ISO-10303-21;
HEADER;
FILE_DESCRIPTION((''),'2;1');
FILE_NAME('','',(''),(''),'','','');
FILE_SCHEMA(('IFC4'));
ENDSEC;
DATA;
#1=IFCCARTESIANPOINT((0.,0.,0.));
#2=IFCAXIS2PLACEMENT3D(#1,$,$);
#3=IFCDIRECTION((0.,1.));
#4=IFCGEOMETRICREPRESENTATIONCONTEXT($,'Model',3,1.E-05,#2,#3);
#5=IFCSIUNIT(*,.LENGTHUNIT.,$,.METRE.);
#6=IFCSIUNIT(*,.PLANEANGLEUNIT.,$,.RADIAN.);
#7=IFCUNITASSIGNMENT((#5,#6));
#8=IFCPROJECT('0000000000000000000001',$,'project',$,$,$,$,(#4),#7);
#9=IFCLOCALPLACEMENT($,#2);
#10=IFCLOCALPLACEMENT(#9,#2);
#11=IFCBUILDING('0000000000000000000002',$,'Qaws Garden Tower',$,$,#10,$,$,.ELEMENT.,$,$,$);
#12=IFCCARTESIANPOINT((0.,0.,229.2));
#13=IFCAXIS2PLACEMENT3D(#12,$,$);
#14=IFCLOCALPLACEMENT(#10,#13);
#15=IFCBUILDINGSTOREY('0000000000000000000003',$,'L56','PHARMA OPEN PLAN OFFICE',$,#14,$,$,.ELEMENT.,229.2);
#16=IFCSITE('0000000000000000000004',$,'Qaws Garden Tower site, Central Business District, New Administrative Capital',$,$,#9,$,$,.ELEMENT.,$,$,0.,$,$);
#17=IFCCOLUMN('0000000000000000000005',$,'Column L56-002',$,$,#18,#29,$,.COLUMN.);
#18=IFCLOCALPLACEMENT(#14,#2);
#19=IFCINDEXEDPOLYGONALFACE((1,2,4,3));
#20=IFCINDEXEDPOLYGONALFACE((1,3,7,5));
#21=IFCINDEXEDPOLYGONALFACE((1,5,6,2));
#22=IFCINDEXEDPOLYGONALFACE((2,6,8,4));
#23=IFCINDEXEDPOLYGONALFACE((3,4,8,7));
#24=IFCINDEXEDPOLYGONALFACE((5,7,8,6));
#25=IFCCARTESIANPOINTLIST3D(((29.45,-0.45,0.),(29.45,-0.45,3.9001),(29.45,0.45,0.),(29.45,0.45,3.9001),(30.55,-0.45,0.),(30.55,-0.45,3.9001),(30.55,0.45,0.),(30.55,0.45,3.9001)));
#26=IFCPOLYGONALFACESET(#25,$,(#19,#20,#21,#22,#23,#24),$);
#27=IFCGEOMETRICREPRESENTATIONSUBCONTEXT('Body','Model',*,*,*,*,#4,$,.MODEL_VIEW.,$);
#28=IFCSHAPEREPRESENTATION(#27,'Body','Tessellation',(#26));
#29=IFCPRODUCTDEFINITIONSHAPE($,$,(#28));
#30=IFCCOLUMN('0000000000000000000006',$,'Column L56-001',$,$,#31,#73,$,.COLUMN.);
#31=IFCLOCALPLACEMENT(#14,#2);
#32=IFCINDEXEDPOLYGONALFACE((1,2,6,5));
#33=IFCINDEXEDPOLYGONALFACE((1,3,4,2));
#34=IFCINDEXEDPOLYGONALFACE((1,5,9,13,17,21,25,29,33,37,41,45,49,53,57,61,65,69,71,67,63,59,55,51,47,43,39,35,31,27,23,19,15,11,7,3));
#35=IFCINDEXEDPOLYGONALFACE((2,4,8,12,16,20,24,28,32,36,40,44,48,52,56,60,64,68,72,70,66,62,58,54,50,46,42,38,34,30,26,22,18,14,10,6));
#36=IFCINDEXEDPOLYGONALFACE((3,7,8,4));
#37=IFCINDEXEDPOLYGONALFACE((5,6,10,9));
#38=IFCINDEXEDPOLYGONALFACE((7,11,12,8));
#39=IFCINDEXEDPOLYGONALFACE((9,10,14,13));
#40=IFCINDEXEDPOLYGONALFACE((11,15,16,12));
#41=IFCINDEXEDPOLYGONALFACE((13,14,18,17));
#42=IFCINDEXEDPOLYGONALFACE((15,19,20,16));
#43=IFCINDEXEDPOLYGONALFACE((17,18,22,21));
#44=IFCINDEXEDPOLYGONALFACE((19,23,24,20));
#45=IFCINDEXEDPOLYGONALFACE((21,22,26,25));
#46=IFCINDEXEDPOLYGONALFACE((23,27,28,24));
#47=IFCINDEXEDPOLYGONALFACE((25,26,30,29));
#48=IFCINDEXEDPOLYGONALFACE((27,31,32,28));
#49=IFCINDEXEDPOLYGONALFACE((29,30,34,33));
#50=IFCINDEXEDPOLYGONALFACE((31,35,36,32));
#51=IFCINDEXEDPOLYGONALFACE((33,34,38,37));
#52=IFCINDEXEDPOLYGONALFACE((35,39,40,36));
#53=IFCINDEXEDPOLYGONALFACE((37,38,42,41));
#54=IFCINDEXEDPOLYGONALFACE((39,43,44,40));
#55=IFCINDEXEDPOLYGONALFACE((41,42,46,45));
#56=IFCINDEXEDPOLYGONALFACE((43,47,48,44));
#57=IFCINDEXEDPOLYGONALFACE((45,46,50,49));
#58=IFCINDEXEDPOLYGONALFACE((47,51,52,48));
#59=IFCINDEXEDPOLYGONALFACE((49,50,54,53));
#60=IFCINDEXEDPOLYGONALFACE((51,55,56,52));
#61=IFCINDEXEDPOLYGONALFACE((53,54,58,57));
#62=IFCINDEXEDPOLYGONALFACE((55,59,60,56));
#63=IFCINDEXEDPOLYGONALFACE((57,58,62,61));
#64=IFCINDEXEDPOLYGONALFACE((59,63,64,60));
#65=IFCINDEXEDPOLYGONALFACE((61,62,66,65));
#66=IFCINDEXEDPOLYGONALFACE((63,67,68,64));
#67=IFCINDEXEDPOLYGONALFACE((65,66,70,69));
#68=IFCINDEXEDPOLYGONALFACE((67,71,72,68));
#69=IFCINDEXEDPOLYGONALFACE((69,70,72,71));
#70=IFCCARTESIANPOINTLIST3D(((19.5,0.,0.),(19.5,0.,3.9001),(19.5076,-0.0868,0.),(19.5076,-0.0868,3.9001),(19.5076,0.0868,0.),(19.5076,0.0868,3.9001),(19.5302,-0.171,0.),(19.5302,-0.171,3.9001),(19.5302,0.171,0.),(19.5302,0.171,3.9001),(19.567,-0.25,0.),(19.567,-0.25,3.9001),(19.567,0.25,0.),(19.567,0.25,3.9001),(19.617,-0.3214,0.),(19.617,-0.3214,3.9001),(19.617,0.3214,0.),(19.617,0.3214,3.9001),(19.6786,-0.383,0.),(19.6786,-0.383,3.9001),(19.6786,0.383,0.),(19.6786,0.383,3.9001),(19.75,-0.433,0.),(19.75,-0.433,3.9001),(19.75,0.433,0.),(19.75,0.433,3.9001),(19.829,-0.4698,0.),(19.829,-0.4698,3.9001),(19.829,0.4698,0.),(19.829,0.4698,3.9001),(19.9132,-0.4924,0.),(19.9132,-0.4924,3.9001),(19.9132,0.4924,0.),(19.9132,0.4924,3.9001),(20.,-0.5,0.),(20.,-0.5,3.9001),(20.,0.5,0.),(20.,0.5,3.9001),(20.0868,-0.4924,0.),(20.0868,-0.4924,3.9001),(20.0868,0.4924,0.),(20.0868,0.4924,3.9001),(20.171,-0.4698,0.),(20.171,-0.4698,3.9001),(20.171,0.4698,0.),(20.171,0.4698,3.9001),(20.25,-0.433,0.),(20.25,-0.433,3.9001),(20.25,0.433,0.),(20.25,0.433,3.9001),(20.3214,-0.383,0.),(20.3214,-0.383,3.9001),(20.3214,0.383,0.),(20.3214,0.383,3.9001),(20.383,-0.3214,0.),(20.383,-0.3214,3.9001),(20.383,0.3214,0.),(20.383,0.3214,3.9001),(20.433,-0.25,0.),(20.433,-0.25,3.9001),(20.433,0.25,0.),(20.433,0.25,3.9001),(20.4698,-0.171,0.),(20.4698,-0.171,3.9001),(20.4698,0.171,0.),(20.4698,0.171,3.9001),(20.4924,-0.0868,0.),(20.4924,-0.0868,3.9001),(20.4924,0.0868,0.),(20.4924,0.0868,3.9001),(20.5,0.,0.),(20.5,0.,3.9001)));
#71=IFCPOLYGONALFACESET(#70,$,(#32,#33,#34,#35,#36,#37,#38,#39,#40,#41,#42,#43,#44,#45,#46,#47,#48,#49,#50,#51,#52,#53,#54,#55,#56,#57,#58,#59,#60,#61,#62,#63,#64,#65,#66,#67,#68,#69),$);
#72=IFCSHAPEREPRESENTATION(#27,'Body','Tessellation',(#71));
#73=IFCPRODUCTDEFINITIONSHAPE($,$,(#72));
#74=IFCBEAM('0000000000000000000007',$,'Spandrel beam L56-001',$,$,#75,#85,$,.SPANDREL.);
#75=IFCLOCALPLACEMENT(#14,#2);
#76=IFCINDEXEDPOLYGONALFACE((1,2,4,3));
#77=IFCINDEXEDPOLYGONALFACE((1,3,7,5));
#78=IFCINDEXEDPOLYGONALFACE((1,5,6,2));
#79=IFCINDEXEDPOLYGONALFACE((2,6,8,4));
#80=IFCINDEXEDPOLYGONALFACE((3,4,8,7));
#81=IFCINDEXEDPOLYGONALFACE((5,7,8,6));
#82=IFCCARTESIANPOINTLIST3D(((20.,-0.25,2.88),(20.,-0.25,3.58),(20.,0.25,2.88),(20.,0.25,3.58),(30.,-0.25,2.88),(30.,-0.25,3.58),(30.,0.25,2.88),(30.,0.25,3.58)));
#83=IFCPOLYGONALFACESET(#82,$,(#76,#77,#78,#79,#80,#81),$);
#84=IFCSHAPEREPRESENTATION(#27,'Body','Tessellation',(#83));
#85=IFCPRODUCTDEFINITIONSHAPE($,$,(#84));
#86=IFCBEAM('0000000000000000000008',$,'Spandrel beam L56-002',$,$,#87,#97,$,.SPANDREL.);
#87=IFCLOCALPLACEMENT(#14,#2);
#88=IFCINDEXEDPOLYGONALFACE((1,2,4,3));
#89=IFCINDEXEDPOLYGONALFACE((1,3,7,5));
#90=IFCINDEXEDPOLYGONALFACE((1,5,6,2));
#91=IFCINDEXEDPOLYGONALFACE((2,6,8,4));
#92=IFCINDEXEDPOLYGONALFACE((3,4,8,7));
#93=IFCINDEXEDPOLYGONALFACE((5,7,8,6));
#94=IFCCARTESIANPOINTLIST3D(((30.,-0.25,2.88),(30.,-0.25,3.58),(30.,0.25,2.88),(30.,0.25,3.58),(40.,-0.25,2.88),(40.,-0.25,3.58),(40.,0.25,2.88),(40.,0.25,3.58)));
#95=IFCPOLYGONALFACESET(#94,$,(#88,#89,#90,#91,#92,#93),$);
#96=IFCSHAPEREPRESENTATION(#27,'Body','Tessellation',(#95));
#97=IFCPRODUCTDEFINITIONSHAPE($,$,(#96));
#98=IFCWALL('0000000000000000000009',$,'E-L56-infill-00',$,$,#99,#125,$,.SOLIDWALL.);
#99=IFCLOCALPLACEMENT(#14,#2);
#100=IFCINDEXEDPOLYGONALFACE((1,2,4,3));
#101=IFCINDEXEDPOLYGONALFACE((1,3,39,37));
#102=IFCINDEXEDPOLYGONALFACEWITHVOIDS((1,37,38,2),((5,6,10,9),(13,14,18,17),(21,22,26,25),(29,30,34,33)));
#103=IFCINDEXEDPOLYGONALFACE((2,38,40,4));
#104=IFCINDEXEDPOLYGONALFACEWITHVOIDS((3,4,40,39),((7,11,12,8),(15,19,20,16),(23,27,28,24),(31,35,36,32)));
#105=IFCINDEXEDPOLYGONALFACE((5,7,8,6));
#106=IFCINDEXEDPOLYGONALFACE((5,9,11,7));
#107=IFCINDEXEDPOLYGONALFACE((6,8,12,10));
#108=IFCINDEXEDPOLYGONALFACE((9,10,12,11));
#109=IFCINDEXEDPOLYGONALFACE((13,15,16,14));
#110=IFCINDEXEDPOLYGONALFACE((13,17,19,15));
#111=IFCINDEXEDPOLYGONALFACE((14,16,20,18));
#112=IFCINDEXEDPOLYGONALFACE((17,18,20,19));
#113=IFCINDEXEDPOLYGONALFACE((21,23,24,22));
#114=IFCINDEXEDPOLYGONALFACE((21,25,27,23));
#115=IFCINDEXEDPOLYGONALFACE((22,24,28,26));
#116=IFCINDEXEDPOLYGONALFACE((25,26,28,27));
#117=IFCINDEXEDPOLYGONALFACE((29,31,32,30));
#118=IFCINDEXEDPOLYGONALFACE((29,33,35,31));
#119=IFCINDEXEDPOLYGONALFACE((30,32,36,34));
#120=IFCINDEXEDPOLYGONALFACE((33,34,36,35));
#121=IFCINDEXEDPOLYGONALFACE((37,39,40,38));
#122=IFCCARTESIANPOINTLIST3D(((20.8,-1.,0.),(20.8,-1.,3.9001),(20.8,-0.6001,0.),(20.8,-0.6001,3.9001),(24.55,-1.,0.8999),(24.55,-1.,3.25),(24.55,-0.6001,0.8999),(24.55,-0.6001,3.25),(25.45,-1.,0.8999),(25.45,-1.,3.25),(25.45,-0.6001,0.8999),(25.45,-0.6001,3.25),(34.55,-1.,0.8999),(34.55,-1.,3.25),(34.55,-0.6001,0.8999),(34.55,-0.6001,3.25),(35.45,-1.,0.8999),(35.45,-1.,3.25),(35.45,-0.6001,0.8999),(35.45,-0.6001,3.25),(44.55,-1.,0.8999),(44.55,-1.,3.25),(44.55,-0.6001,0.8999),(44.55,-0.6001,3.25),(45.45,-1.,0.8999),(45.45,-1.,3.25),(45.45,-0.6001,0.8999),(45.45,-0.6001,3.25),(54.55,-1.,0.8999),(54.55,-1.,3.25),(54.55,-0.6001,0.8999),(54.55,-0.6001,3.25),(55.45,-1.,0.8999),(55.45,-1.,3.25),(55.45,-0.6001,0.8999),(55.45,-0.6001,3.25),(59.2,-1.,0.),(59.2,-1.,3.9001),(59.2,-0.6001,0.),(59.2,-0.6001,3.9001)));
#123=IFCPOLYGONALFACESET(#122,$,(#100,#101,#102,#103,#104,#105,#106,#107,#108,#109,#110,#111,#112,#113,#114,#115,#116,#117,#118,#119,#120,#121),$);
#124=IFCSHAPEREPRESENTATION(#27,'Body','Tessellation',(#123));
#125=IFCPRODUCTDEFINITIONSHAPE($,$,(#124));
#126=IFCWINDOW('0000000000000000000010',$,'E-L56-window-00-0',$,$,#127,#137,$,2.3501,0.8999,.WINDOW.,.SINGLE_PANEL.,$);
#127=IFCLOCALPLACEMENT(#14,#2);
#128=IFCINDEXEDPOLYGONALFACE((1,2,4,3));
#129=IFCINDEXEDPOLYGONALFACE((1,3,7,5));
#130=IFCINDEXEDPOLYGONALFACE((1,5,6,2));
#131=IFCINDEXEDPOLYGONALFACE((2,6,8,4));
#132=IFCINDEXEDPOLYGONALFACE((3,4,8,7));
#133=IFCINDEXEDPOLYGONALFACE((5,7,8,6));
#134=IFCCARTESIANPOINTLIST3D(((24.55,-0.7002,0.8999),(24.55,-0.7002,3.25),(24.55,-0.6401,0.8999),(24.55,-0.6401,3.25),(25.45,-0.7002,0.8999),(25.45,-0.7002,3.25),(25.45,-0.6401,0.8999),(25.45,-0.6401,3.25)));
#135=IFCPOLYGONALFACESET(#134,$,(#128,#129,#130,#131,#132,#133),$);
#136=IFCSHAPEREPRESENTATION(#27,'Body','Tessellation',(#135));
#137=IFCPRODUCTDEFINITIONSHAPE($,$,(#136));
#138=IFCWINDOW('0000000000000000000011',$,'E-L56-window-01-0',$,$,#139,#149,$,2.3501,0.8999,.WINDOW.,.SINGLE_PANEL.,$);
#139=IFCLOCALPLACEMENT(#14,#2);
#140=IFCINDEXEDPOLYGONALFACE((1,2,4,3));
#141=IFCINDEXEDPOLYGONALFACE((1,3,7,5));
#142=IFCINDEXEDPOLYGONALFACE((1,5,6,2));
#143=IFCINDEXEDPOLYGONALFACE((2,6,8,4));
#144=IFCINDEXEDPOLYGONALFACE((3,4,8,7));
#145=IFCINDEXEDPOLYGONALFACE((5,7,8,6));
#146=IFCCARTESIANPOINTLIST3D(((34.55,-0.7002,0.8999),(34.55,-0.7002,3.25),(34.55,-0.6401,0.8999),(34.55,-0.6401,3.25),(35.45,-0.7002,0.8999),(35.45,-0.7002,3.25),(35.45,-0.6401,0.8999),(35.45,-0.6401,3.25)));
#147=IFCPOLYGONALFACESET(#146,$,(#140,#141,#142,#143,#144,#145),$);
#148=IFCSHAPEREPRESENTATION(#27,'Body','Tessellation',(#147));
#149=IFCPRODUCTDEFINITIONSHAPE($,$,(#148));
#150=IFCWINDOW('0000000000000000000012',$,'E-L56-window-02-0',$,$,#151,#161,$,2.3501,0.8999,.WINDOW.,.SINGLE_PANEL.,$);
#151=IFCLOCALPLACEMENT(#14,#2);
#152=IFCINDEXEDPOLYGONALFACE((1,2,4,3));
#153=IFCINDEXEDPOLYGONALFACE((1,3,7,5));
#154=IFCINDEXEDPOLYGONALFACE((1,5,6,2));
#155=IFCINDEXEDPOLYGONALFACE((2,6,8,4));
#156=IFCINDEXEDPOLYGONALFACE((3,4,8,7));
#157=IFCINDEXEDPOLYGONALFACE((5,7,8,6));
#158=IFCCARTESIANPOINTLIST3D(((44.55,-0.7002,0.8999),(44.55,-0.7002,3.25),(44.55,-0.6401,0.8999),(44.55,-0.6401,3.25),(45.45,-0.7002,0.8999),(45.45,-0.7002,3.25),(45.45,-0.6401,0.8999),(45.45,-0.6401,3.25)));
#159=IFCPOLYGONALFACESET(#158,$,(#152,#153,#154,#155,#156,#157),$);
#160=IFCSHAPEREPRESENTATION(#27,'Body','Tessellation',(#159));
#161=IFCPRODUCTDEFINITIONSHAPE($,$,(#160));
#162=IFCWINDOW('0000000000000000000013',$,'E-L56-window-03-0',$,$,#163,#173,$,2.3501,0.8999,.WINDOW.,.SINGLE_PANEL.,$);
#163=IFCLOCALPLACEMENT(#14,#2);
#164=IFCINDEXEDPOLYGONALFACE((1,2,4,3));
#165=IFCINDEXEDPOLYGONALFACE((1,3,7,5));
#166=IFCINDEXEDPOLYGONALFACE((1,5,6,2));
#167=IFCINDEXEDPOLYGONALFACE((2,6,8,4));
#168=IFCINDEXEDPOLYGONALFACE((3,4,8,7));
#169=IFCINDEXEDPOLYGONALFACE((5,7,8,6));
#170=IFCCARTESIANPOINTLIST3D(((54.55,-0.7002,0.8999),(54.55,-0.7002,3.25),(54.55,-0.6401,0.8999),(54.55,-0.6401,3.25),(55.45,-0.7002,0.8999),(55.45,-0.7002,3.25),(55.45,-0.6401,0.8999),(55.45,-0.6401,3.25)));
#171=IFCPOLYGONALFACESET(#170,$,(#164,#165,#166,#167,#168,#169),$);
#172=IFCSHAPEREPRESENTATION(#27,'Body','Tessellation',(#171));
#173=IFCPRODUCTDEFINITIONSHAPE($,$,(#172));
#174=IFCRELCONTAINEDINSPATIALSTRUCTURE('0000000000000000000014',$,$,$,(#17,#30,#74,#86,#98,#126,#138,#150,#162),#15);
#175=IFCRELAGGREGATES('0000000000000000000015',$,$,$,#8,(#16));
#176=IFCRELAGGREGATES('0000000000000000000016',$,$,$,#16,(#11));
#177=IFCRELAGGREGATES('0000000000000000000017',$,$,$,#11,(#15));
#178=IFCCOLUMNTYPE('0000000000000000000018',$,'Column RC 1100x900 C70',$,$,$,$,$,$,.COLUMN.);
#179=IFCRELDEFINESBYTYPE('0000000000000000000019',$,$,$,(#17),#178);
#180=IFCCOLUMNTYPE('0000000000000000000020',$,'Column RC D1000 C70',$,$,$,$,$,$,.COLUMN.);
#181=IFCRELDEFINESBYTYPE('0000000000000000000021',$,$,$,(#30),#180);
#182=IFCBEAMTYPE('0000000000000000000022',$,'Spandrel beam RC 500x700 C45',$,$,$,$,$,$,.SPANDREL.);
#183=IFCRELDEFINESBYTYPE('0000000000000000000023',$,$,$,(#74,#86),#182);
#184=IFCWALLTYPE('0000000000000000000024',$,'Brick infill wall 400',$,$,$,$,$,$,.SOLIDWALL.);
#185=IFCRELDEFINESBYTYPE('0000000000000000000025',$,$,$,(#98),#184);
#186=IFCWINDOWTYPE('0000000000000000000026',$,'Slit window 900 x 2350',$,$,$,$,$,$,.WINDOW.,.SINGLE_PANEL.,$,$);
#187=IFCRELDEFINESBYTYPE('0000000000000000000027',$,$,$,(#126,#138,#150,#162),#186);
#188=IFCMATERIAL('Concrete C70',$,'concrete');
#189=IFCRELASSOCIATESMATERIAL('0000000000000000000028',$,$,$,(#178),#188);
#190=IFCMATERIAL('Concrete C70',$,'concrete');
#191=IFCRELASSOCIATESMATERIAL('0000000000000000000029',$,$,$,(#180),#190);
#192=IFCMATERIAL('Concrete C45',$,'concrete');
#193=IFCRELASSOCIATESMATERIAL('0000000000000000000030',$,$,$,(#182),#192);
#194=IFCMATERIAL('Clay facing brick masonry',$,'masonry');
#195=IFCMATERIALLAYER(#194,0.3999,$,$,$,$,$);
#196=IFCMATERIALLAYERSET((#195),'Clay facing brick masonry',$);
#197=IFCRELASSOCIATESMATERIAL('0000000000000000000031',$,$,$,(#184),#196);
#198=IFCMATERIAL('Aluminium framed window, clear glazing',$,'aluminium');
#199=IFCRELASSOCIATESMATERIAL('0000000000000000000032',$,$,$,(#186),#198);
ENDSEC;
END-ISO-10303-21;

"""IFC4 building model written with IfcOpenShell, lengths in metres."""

from ifc_helpers import new_model, si_unit, direction, frame, frame_2d, origin, origin_2d, place, context, subcontext, project, spatial, rectangle, circle, extrude, material, layer, layer_set, material_profile, profile_set, type_object, element, fill, save


model = new_model("IFC4")

# Units and contexts
model_context = context("Model", 3, precision=1e-05, world=origin(), true_north=direction((0.0, 1.0)))
body_context = subcontext(model_context, "Body", "Model", "MODEL_VIEW")
ifc_project = project(units=[si_unit("LENGTHUNIT", "METRE"), si_unit("PLANEANGLEUNIT", "RADIAN")], contexts=[model_context])

# Site, building, storey
site_placement = place(None, origin())
site = spatial("IfcSite", under=ifc_project, at=site_placement, Name="Qaws Garden Tower site, Central Business District, New Administrative Capital", CompositionType="ELEMENT", RefElevation=0.0)
building_placement = place(site_placement, origin())
building = spatial("IfcBuilding", under=site, at=building_placement, Name="Qaws Garden Tower", CompositionType="ELEMENT")
storey_placement = place(building_placement, frame((0.0, 0.0, 229.2)))
storey = spatial("IfcBuildingStorey", under=building, at=storey_placement, Name="L56", Description="PHARMA OPEN PLAN OFFICE", CompositionType="ELEMENT", Elevation=229.2)

# Columns
ifc_material_1 = material(Name="Concrete C70", Category="concrete")
ifc_material_profile_1 = material_profile(ifc_material_1, rectangle(XDim=1.1001, YDim=0.8999, at=origin_2d()), Name="RC 1100x900")
ifc_profile_set_1 = profile_set([ifc_material_profile_1], Name="Concrete C70")
column_type_1 = type_object("IfcColumnType", Name="Column RC 1100x900 C70", PredefinedType="COLUMN", material=ifc_profile_set_1)
column_1_placement = place(storey_placement, frame((30.0, 0.0, 0.0), z_axis=(0.0, 0.0, 1.0), x_axis=(1.0, 0.0, 0.0)))
element("IfcColumn", 1, at=column_1_placement, inside=storey, type_object=column_type_1, Name="Column L56-002", PredefinedType="COLUMN", context=body_context, shape_type="SweptSolid", body=[
    extrude(rectangle(XDim=1.1001, YDim=0.8999, at=origin_2d()), origin(), (0.0, 0.0, 1.0), 3.9001),
])
ifc_material_2 = material(Name="Concrete C70", Category="concrete")
ifc_material_profile_2 = material_profile(ifc_material_2, circle(Radius=0.5, at=origin_2d()), Name="RC D1000")
ifc_profile_set_2 = profile_set([ifc_material_profile_2], Name="Concrete C70")
column_type_2 = type_object("IfcColumnType", Name="Column RC D1000 C70", PredefinedType="COLUMN", material=ifc_profile_set_2)
column_2_placement = place(storey_placement, frame((20.0, 0.0, 0.0), z_axis=(0.0, 0.0, 1.0), x_axis=(1.0, 0.0, 0.0)))
element("IfcColumn", 2, at=column_2_placement, inside=storey, type_object=column_type_2, Name="Column L56-001", PredefinedType="COLUMN", context=body_context, shape_type="SweptSolid", body=[
    extrude(circle(Radius=0.5, at=origin_2d()), origin(), (0.0, 0.0, 1.0), 3.9001),
])

# Beams
ifc_material_3 = material(Name="Concrete C45", Category="concrete")
ifc_material_profile_3 = material_profile(ifc_material_3, rectangle(XDim=0.5, YDim=0.7, at=origin_2d()), Name="RC 500x700")
ifc_profile_set_3 = profile_set([ifc_material_profile_3], Name="Concrete C45")
beam_type = type_object("IfcBeamType", Name="Spandrel beam RC 500x700 C45", PredefinedType="SPANDREL", material=ifc_profile_set_3)
for number, where, z_axis, x_axis, name in (
    (3, (20.0, 0.0, 3.23), (1.0, 0.0, 0.0), (0.0, 1.0, 0.0), "Spandrel beam L56-001"),
    (4, (30.0, 0.0, 3.23), (1.0, 0.0, 0.0), (0.0, 1.0, 0.0), "Spandrel beam L56-002"),
):
    element("IfcBeam", number, at=place(storey_placement, frame(where, z_axis=z_axis, x_axis=x_axis)), inside=storey, type_object=beam_type, Name=name, PredefinedType="SPANDREL", context=body_context, shape_type="SweptSolid", body=[
        extrude(rectangle(XDim=0.5, YDim=0.7, at=origin_2d()), origin(), (0.0, 0.0, 1.0), 10.0),
    ])

# Wall, openings, windows
ifc_material_4 = material(Name="Clay facing brick masonry", Category="masonry")
ifc_layer_1 = layer(ifc_material_4, 0.3999)
ifc_layer_set_1 = layer_set([ifc_layer_1], Name="Clay facing brick masonry")
wall_type_1 = type_object("IfcWallType", Name="Brick infill wall 400", PredefinedType="SOLIDWALL", material=ifc_layer_set_1)
wall_1_placement = place(storey_placement, frame((20.8, -0.8, 0.0), z_axis=(0.0, 0.0, 1.0), x_axis=(1.0, 0.0, 0.0)))
wall_1 = element("IfcWall", 5, at=wall_1_placement, inside=storey, type_object=wall_type_1, Name="E-L56-infill-00", PredefinedType="SOLIDWALL", context=body_context, shape_type="SweptSolid", body=[
    extrude(rectangle(XDim=38.3999, YDim=0.3999, at=frame_2d((19.2, 0.0))), origin(), (0.0, 0.0, 1.0), 3.9001),
])
opening_1_placement = place(wall_1_placement, frame((3.75, 0.0, 0.8999)))
opening_1 = element("IfcOpeningElement", 6, at=opening_1_placement, cuts=wall_1, PredefinedType="OPENING", context=body_context, shape_type="SweptSolid", body=[
    extrude(rectangle(XDim=0.8999, YDim=2.3501, at=frame_2d((0.45, 1.175))), frame((0.0, 0.21, 0.0), z_axis=(0.0, -1.0, 0.0), x_axis=(1.0, 0.0, 0.0)), (0.0, 0.0, 1.0), 0.4199),
])
opening_2_placement = place(wall_1_placement, frame((13.75, 0.0, 0.8999)))
opening_2 = element("IfcOpeningElement", 7, at=opening_2_placement, cuts=wall_1, PredefinedType="OPENING", context=body_context, shape_type="SweptSolid", body=[
    extrude(rectangle(XDim=0.8999, YDim=2.3501, at=frame_2d((0.45, 1.175))), frame((0.0, 0.21, 0.0), z_axis=(0.0, -1.0, 0.0), x_axis=(1.0, 0.0, 0.0)), (0.0, 0.0, 1.0), 0.4199),
])
opening_3_placement = place(wall_1_placement, frame((23.75, 0.0, 0.8999)))
opening_3 = element("IfcOpeningElement", 8, at=opening_3_placement, cuts=wall_1, PredefinedType="OPENING", context=body_context, shape_type="SweptSolid", body=[
    extrude(rectangle(XDim=0.8999, YDim=2.3501, at=frame_2d((0.45, 1.175))), frame((0.0, 0.21, 0.0), z_axis=(0.0, -1.0, 0.0), x_axis=(1.0, 0.0, 0.0)), (0.0, 0.0, 1.0), 0.4199),
])
opening_4_placement = place(wall_1_placement, frame((33.75, 0.0, 0.8999)))
opening_4 = element("IfcOpeningElement", 9, at=opening_4_placement, cuts=wall_1, PredefinedType="OPENING", context=body_context, shape_type="SweptSolid", body=[
    extrude(rectangle(XDim=0.8999, YDim=2.3501, at=frame_2d((0.45, 1.175))), frame((0.0, 0.21, 0.0), z_axis=(0.0, -1.0, 0.0), x_axis=(1.0, 0.0, 0.0)), (0.0, 0.0, 1.0), 0.4199),
])
ifc_material_5 = material(Name="Aluminium framed window, clear glazing", Category="aluminium")
window_type = type_object("IfcWindowType", Name="Slit window 900 x 2350", PartitioningType="SINGLE_PANEL", PredefinedType="WINDOW", material=ifc_material_5)
window_1_placement = place(opening_1_placement, origin())
window_1 = element("IfcWindow", 10, at=window_1_placement, inside=storey, type_object=window_type, Name="E-L56-window-00-0", OverallHeight=2.3501, OverallWidth=0.8999, PartitioningType="SINGLE_PANEL", PredefinedType="WINDOW", context=body_context, shape_type="SweptSolid", body=[
    extrude(rectangle(XDim=0.8999, YDim=2.3501, at=frame_2d((0.45, 1.175))), frame((0.0, 0.1599, 0.0), z_axis=(0.0, -1.0, 0.0), x_axis=(1.0, 0.0, 0.0)), (0.0, 0.0, 1.0), 0.0601),
])
fill(opening_1, window_1)
window_2_placement = place(opening_2_placement, origin())
window_2 = element("IfcWindow", 11, at=window_2_placement, inside=storey, type_object=window_type, Name="E-L56-window-01-0", OverallHeight=2.3501, OverallWidth=0.8999, PartitioningType="SINGLE_PANEL", PredefinedType="WINDOW", context=body_context, shape_type="SweptSolid", body=[
    extrude(rectangle(XDim=0.8999, YDim=2.3501, at=frame_2d((0.45, 1.175))), frame((0.0, 0.1599, 0.0), z_axis=(0.0, -1.0, 0.0), x_axis=(1.0, 0.0, 0.0)), (0.0, 0.0, 1.0), 0.0601),
])
fill(opening_2, window_2)
window_3_placement = place(opening_3_placement, origin())
window_3 = element("IfcWindow", 12, at=window_3_placement, inside=storey, type_object=window_type, Name="E-L56-window-02-0", OverallHeight=2.3501, OverallWidth=0.8999, PartitioningType="SINGLE_PANEL", PredefinedType="WINDOW", context=body_context, shape_type="SweptSolid", body=[
    extrude(rectangle(XDim=0.8999, YDim=2.3501, at=frame_2d((0.45, 1.175))), frame((0.0, 0.1599, 0.0), z_axis=(0.0, -1.0, 0.0), x_axis=(1.0, 0.0, 0.0)), (0.0, 0.0, 1.0), 0.0601),
])
fill(opening_3, window_3)
window_4_placement = place(opening_4_placement, origin())
window_4 = element("IfcWindow", 13, at=window_4_placement, inside=storey, type_object=window_type, Name="E-L56-window-03-0", OverallHeight=2.3501, OverallWidth=0.8999, PartitioningType="SINGLE_PANEL", PredefinedType="WINDOW", context=body_context, shape_type="SweptSolid", body=[
    extrude(rectangle(XDim=0.8999, YDim=2.3501, at=frame_2d((0.45, 1.175))), frame((0.0, 0.1599, 0.0), z_axis=(0.0, -1.0, 0.0), x_axis=(1.0, 0.0, 0.0)), (0.0, 0.0, 1.0), 0.0601),
])
fill(opening_4, window_4)

save(model, "model.ifc")
